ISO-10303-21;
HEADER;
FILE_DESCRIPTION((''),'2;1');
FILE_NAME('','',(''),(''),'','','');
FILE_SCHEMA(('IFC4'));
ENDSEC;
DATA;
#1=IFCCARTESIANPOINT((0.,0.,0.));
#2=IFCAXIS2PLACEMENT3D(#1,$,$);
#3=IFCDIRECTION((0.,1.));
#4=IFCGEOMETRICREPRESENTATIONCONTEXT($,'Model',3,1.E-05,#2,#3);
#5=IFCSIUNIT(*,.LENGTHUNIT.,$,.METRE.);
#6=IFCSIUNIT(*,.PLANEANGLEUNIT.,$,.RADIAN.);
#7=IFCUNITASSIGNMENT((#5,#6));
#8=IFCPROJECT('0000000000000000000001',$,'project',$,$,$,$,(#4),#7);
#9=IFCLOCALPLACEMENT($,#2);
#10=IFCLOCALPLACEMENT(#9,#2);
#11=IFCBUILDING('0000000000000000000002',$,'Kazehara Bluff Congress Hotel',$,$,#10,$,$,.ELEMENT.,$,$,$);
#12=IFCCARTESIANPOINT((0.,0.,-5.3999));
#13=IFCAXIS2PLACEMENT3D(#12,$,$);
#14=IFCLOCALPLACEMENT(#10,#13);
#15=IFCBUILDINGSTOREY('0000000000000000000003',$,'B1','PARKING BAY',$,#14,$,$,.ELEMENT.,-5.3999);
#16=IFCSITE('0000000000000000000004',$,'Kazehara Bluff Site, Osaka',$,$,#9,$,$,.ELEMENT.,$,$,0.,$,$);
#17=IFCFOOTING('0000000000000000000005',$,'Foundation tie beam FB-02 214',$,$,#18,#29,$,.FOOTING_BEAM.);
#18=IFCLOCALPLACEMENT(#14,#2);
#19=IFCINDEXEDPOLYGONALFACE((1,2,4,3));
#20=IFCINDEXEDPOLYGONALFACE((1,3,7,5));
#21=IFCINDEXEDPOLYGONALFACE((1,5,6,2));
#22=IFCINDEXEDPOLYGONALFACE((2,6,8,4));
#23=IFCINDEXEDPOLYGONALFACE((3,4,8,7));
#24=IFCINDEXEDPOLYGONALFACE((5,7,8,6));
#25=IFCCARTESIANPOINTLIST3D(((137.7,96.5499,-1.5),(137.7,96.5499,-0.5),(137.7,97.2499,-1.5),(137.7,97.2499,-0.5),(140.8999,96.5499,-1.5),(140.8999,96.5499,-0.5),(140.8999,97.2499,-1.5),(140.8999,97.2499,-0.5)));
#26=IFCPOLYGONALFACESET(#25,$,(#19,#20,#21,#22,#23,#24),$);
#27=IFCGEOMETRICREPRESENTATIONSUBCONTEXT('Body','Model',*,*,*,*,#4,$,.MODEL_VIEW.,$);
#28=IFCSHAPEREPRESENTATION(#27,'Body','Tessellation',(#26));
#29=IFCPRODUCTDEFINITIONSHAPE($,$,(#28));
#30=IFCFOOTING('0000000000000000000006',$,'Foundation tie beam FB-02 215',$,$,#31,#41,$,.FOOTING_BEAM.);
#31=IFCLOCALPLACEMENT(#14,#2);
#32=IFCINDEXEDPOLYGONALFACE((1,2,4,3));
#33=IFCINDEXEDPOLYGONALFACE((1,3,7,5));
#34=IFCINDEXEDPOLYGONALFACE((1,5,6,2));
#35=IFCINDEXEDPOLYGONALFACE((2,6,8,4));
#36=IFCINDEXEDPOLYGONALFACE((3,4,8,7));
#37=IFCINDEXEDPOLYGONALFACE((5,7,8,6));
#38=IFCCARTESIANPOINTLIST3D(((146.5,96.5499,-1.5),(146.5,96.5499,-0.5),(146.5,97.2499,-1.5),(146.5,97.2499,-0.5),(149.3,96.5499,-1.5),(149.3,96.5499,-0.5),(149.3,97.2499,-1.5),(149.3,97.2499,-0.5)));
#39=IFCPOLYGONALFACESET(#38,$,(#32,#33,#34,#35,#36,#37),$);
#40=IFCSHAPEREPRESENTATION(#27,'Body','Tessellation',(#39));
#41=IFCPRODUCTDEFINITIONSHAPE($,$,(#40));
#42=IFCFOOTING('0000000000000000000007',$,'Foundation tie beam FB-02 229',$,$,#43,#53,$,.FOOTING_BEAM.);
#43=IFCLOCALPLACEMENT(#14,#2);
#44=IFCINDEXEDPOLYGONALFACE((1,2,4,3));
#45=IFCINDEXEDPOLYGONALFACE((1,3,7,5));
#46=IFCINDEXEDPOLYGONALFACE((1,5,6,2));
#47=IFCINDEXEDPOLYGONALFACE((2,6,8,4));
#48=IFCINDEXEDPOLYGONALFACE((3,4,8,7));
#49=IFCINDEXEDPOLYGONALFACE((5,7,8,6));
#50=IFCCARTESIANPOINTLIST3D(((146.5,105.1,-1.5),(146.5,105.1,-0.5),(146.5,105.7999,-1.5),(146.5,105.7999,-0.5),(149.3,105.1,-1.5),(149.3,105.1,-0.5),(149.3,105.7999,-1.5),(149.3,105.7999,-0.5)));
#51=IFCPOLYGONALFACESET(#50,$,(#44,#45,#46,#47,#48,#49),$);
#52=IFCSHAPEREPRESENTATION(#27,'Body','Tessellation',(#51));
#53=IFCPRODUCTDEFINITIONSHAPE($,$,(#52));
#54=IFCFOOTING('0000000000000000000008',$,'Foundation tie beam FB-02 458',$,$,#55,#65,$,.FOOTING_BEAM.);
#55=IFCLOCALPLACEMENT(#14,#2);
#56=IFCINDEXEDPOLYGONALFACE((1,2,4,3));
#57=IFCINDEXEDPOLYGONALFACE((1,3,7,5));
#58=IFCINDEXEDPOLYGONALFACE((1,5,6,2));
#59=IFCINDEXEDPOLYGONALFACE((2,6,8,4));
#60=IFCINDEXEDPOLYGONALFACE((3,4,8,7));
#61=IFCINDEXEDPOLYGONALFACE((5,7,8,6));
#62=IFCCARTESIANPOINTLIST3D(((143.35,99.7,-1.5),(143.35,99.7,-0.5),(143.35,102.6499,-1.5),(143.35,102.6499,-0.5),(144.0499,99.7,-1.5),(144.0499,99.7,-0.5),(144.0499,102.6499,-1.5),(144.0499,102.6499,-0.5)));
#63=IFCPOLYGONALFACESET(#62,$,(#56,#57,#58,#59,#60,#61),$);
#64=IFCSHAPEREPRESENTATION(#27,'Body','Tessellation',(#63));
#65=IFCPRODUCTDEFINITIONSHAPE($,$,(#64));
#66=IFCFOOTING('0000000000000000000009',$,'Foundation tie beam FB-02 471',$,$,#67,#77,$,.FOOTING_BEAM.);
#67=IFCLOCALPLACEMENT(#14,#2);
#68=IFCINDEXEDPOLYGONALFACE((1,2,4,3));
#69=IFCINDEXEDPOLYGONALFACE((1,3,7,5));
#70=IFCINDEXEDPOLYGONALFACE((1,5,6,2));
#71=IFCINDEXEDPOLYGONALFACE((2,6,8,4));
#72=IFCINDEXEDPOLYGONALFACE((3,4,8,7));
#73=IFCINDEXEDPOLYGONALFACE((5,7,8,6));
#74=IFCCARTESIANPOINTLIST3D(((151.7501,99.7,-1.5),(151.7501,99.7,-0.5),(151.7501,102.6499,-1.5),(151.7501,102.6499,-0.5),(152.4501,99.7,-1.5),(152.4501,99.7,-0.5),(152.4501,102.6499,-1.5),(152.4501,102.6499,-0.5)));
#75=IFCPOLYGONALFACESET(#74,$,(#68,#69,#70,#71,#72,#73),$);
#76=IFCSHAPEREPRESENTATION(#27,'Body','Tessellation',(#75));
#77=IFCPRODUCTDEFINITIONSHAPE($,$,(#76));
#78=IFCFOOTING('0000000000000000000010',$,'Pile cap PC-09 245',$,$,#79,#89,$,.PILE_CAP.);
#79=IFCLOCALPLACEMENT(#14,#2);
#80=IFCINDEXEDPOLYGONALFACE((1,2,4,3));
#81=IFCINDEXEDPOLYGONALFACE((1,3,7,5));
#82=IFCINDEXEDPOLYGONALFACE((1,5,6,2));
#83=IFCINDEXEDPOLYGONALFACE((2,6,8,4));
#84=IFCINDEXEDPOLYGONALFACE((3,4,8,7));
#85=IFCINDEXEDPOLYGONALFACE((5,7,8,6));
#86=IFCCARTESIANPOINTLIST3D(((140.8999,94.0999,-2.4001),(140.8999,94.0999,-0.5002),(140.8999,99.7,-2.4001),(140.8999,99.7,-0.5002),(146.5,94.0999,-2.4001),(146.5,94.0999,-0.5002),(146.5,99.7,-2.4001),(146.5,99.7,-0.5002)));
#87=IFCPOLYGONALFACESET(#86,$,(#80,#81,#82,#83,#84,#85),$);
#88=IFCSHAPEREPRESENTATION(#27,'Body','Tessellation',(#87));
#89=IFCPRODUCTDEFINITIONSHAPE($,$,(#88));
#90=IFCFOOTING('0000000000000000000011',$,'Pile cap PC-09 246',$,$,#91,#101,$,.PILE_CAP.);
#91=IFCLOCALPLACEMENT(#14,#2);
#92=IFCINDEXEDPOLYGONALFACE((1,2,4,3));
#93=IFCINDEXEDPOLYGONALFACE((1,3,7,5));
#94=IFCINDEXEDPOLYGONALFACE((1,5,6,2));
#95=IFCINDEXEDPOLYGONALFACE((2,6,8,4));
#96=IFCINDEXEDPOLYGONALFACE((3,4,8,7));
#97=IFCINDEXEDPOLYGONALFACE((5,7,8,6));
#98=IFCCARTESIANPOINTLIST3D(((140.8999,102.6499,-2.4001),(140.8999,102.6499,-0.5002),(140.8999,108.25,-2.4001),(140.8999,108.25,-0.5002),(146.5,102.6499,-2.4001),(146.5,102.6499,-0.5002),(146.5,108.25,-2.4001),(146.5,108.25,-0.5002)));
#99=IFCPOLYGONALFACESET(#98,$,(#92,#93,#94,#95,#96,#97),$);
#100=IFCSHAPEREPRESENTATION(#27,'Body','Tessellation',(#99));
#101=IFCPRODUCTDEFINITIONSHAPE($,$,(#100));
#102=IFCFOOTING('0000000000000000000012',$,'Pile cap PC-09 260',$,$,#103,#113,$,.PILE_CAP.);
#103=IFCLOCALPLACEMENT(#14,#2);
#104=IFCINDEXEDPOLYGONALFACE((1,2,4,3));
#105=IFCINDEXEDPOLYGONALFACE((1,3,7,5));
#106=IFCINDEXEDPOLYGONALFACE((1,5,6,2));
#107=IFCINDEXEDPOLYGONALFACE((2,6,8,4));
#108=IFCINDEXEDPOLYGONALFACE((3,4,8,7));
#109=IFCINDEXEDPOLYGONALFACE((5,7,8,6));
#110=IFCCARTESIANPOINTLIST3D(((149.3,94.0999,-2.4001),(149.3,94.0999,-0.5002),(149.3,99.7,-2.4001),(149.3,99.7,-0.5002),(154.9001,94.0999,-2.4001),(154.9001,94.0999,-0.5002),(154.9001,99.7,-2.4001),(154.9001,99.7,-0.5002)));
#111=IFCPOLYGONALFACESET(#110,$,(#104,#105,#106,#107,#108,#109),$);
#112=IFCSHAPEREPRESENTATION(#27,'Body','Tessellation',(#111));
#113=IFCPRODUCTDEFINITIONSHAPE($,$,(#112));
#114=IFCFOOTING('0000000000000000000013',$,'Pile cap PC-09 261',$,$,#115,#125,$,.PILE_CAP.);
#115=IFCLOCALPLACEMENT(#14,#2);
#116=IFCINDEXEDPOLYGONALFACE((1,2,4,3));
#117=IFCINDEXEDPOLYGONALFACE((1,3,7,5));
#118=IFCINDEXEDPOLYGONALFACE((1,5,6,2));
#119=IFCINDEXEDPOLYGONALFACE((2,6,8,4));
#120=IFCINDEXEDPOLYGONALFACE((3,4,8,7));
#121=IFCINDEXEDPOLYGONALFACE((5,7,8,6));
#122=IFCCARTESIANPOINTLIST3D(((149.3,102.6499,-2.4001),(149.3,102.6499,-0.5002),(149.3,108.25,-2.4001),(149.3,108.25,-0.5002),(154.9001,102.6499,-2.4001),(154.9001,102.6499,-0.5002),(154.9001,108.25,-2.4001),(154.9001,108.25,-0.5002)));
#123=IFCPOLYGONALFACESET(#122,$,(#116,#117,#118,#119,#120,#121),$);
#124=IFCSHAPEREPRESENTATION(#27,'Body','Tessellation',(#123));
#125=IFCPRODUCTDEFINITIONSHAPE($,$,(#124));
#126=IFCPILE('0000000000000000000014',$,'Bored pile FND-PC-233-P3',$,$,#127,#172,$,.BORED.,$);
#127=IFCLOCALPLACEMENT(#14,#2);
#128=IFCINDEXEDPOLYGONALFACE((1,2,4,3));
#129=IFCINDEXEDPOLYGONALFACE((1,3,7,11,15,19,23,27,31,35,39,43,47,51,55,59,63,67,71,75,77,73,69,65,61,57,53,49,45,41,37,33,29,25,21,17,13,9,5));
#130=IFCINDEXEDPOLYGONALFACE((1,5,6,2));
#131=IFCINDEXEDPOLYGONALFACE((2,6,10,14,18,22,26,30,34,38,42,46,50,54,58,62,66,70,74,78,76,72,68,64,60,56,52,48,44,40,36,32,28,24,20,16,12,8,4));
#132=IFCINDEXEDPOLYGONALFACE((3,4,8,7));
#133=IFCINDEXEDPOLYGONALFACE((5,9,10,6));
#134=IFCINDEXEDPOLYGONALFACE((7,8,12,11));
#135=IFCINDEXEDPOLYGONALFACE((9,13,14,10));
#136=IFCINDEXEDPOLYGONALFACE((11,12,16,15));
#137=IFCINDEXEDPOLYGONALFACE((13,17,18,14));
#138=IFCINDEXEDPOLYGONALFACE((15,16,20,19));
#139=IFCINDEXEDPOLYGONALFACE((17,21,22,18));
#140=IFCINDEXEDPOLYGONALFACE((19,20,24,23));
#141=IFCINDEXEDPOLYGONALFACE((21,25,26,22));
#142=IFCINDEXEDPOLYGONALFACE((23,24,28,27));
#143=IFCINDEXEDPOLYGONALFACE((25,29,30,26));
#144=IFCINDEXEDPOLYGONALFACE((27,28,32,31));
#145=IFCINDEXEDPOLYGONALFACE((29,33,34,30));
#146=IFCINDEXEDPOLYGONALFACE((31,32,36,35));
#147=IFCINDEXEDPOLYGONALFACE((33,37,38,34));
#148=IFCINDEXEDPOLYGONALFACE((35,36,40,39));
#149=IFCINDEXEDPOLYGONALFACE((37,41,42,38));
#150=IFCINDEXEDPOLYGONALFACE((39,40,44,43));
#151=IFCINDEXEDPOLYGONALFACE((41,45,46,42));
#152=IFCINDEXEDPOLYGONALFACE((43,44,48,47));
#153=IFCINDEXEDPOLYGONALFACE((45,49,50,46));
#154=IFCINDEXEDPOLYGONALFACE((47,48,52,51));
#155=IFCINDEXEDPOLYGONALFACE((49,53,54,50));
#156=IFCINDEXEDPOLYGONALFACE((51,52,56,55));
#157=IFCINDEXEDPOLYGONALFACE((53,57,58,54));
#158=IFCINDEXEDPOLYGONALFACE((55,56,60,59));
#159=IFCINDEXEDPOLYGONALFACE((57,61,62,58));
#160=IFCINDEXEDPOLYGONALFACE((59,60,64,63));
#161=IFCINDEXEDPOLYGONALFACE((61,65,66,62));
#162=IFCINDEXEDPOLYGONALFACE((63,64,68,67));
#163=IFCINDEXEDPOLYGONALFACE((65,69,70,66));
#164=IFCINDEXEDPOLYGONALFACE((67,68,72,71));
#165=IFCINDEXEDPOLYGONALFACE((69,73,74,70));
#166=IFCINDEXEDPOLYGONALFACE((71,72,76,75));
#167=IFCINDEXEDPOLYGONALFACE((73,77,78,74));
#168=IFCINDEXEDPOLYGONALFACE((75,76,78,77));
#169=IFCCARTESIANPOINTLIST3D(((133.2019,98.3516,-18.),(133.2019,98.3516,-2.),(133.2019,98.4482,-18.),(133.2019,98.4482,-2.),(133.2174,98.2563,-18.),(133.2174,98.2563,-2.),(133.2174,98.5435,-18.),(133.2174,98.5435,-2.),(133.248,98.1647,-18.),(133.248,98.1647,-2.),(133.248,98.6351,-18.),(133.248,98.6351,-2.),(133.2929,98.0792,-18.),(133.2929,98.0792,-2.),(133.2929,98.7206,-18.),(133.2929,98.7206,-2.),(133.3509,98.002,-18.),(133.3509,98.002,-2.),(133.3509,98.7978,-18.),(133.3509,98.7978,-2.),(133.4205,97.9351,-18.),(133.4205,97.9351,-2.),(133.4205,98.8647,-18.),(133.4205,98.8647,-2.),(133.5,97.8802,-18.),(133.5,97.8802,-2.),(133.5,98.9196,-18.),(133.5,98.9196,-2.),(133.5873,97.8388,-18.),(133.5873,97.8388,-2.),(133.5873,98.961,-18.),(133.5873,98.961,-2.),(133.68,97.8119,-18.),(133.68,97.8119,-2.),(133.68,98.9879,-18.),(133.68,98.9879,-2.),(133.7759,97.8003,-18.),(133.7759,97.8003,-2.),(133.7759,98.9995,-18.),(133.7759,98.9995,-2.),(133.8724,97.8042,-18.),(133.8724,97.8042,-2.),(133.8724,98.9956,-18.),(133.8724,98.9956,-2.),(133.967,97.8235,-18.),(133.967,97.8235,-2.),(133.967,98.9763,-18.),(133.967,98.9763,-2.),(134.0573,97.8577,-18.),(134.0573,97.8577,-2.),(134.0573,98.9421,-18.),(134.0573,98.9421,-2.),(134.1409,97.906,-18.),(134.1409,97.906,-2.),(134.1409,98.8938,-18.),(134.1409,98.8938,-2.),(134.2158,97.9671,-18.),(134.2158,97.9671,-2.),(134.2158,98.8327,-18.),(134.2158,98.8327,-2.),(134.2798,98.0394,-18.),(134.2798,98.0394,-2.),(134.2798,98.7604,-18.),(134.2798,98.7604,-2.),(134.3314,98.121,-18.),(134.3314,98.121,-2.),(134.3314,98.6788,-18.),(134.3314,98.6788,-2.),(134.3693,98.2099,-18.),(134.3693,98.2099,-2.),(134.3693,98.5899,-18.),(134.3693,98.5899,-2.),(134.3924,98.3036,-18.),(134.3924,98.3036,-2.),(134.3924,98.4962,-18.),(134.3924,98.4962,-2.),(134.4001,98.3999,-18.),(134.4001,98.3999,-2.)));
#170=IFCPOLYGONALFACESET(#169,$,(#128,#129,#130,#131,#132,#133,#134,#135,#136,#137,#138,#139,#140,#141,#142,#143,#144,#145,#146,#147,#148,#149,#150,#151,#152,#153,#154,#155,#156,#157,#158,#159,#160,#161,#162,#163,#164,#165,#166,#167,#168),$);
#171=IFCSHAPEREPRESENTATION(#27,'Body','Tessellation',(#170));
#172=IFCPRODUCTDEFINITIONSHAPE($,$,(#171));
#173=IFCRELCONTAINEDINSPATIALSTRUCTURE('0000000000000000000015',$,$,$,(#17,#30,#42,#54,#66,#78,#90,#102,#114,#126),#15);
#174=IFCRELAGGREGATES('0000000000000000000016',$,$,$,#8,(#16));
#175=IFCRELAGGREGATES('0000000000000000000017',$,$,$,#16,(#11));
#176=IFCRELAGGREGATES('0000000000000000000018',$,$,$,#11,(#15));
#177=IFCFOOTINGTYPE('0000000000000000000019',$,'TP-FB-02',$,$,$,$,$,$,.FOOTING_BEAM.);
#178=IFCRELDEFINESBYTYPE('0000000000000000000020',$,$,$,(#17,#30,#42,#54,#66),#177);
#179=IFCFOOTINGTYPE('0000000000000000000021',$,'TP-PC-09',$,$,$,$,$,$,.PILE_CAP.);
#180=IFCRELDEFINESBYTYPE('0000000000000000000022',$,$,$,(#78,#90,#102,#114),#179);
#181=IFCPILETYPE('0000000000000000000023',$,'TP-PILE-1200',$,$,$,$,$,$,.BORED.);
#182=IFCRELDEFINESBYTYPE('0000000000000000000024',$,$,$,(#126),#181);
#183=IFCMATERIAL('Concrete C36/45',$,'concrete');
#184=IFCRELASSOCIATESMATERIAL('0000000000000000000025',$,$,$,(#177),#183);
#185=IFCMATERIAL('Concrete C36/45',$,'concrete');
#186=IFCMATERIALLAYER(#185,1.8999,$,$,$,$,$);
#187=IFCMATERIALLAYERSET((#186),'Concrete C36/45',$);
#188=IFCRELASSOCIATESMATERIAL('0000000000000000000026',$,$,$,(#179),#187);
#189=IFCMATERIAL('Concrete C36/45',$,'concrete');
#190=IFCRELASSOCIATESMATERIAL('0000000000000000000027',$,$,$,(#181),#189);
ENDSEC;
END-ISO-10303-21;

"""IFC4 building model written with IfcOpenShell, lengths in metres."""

from ifc_helpers import new_model, si_unit, direction, frame, origin, origin_2d, place, context, subcontext, project, spatial, rectangle, circle, extrude, material, layer, layer_set, material_profile, profile_set, type_object, element, save


model = new_model("IFC4")

# Units and contexts
model_context = context("Model", 3, precision=1e-05, world=origin(), true_north=direction((0.0, 1.0)))
body_context = subcontext(model_context, "Body", "Model", "MODEL_VIEW")
ifc_project = project(units=[si_unit("LENGTHUNIT", "METRE"), si_unit("PLANEANGLEUNIT", "RADIAN")], contexts=[model_context])

# Site, building, storey
site_placement = place(None, origin())
site = spatial("IfcSite", under=ifc_project, at=site_placement, Name="Kazehara Bluff Site, Osaka", CompositionType="ELEMENT", RefElevation=0.0)
building_placement = place(site_placement, origin())
building = spatial("IfcBuilding", under=site, at=building_placement, Name="Kazehara Bluff Congress Hotel", CompositionType="ELEMENT")
storey_placement = place(building_placement, frame((0.0, 0.0, -5.3999)))
storey = spatial("IfcBuildingStorey", under=building, at=storey_placement, Name="B1", Description="PARKING BAY", CompositionType="ELEMENT", Elevation=-5.3999)

# Footings
ifc_material_1 = material(Name="Concrete C36/45", Category="concrete")
ifc_material_profile_1 = material_profile(ifc_material_1, rectangle(XDim=0.7, YDim=1.0, at=origin_2d()))
ifc_profile_set_1 = profile_set([ifc_material_profile_1], Name="Concrete C36/45")
footing_type_1 = type_object("IfcFootingType", Name="TP-FB-02", PredefinedType="FOOTING_BEAM", material=ifc_profile_set_1)
footing_placement = place(storey_placement, frame((137.7, 96.8999, -1.0), z_axis=(1.0, 0.0, 0.0), x_axis=(0.0, 1.0, 0.0)))
element("IfcFooting", 1, at=footing_placement, inside=storey, type_object=footing_type_1, Name="Foundation tie beam FB-02 214", PredefinedType="FOOTING_BEAM", context=body_context, shape_type="SweptSolid", body=[
    extrude(rectangle(XDim=0.7, YDim=1.0, at=origin_2d()), origin(), (0.0, 0.0, 1.0), 3.2),
])
for number, where, z_axis, x_axis, name in (
    (2, (146.5, 96.8999, -1.0), (1.0, 0.0, 0.0), (0.0, 1.0, 0.0), "Foundation tie beam FB-02 215"),
    (3, (146.5, 105.45, -1.0), (1.0, 0.0, 0.0), (0.0, 1.0, 0.0), "Foundation tie beam FB-02 229"),
):
    element("IfcFooting", number, at=place(storey_placement, frame(where, z_axis=z_axis, x_axis=x_axis)), inside=storey, type_object=footing_type_1, Name=name, PredefinedType="FOOTING_BEAM", context=body_context, shape_type="SweptSolid", body=[
        extrude(rectangle(XDim=0.7, YDim=1.0, at=origin_2d()), origin(), (0.0, 0.0, 1.0), 2.8),
    ])
for number, where, z_axis, x_axis, name in (
    (4, (143.7, 99.7, -1.0), (0.0, 1.0, 0.0), (-1.0, 0.0, 0.0), "Foundation tie beam FB-02 458"),
    (5, (152.1001, 99.7, -1.0), (0.0, 1.0, 0.0), (-1.0, 0.0, 0.0), "Foundation tie beam FB-02 471"),
):
    element("IfcFooting", number, at=place(storey_placement, frame(where, z_axis=z_axis, x_axis=x_axis)), inside=storey, type_object=footing_type_1, Name=name, PredefinedType="FOOTING_BEAM", context=body_context, shape_type="SweptSolid", body=[
        extrude(rectangle(XDim=0.7, YDim=1.0, at=origin_2d()), origin(), (0.0, 0.0, 1.0), 2.95),
    ])
ifc_material_2 = material(Name="Concrete C36/45", Category="concrete")
ifc_layer_1 = layer(ifc_material_2, 1.8999)
ifc_layer_set_1 = layer_set([ifc_layer_1], Name="Concrete C36/45")
footing_type_2 = type_object("IfcFootingType", Name="TP-PC-09", PredefinedType="PILE_CAP", material=ifc_layer_set_1)
for number, where, z_axis, x_axis, name in (
    (6, (143.7, 96.8999, -2.4001), (0.0, 0.0, 1.0), (1.0, 0.0, 0.0), "Pile cap PC-09 245"),
    (7, (143.7, 105.45, -2.4001), (0.0, 0.0, 1.0), (1.0, 0.0, 0.0), "Pile cap PC-09 246"),
    (8, (152.1001, 96.8999, -2.4001), (0.0, 0.0, 1.0), (1.0, 0.0, 0.0), "Pile cap PC-09 260"),
    (9, (152.1001, 105.45, -2.4001), (0.0, 0.0, 1.0), (1.0, 0.0, 0.0), "Pile cap PC-09 261"),
):
    element("IfcFooting", number, at=place(storey_placement, frame(where, z_axis=z_axis, x_axis=x_axis)), inside=storey, type_object=footing_type_2, Name=name, PredefinedType="PILE_CAP", context=body_context, shape_type="SweptSolid", body=[
        extrude(rectangle(XDim=5.6001, YDim=5.6001, at=origin_2d()), origin(), (0.0, 0.0, 1.0), 1.8999),
    ])

# Pile
ifc_material_3 = material(Name="Concrete C36/45", Category="concrete")
ifc_material_profile_2 = material_profile(ifc_material_3, circle(Radius=0.6001, at=origin_2d()))
ifc_profile_set_2 = profile_set([ifc_material_profile_2], Name="Concrete C36/45")
pile_type = type_object("IfcPileType", Name="TP-PILE-1200", PredefinedType="BORED", material=ifc_profile_set_2)
for number, where, z_axis, x_axis, name in (
    (10, (133.8, 98.3999, -2.0), (0.0, 0.0, -1.0), (1.0, 0.0, 0.0), "Bored pile FND-PC-233-P3"),
):
    element("IfcPile", number, at=place(storey_placement, frame(where, z_axis=z_axis, x_axis=x_axis)), inside=storey, type_object=pile_type, Name=name, PredefinedType="BORED", context=body_context, shape_type="SweptSolid", body=[
        extrude(circle(Radius=0.6001, at=origin_2d()), origin(), (0.0, 0.0, 1.0), 16.0),
    ])

save(model, "model.ifc")
